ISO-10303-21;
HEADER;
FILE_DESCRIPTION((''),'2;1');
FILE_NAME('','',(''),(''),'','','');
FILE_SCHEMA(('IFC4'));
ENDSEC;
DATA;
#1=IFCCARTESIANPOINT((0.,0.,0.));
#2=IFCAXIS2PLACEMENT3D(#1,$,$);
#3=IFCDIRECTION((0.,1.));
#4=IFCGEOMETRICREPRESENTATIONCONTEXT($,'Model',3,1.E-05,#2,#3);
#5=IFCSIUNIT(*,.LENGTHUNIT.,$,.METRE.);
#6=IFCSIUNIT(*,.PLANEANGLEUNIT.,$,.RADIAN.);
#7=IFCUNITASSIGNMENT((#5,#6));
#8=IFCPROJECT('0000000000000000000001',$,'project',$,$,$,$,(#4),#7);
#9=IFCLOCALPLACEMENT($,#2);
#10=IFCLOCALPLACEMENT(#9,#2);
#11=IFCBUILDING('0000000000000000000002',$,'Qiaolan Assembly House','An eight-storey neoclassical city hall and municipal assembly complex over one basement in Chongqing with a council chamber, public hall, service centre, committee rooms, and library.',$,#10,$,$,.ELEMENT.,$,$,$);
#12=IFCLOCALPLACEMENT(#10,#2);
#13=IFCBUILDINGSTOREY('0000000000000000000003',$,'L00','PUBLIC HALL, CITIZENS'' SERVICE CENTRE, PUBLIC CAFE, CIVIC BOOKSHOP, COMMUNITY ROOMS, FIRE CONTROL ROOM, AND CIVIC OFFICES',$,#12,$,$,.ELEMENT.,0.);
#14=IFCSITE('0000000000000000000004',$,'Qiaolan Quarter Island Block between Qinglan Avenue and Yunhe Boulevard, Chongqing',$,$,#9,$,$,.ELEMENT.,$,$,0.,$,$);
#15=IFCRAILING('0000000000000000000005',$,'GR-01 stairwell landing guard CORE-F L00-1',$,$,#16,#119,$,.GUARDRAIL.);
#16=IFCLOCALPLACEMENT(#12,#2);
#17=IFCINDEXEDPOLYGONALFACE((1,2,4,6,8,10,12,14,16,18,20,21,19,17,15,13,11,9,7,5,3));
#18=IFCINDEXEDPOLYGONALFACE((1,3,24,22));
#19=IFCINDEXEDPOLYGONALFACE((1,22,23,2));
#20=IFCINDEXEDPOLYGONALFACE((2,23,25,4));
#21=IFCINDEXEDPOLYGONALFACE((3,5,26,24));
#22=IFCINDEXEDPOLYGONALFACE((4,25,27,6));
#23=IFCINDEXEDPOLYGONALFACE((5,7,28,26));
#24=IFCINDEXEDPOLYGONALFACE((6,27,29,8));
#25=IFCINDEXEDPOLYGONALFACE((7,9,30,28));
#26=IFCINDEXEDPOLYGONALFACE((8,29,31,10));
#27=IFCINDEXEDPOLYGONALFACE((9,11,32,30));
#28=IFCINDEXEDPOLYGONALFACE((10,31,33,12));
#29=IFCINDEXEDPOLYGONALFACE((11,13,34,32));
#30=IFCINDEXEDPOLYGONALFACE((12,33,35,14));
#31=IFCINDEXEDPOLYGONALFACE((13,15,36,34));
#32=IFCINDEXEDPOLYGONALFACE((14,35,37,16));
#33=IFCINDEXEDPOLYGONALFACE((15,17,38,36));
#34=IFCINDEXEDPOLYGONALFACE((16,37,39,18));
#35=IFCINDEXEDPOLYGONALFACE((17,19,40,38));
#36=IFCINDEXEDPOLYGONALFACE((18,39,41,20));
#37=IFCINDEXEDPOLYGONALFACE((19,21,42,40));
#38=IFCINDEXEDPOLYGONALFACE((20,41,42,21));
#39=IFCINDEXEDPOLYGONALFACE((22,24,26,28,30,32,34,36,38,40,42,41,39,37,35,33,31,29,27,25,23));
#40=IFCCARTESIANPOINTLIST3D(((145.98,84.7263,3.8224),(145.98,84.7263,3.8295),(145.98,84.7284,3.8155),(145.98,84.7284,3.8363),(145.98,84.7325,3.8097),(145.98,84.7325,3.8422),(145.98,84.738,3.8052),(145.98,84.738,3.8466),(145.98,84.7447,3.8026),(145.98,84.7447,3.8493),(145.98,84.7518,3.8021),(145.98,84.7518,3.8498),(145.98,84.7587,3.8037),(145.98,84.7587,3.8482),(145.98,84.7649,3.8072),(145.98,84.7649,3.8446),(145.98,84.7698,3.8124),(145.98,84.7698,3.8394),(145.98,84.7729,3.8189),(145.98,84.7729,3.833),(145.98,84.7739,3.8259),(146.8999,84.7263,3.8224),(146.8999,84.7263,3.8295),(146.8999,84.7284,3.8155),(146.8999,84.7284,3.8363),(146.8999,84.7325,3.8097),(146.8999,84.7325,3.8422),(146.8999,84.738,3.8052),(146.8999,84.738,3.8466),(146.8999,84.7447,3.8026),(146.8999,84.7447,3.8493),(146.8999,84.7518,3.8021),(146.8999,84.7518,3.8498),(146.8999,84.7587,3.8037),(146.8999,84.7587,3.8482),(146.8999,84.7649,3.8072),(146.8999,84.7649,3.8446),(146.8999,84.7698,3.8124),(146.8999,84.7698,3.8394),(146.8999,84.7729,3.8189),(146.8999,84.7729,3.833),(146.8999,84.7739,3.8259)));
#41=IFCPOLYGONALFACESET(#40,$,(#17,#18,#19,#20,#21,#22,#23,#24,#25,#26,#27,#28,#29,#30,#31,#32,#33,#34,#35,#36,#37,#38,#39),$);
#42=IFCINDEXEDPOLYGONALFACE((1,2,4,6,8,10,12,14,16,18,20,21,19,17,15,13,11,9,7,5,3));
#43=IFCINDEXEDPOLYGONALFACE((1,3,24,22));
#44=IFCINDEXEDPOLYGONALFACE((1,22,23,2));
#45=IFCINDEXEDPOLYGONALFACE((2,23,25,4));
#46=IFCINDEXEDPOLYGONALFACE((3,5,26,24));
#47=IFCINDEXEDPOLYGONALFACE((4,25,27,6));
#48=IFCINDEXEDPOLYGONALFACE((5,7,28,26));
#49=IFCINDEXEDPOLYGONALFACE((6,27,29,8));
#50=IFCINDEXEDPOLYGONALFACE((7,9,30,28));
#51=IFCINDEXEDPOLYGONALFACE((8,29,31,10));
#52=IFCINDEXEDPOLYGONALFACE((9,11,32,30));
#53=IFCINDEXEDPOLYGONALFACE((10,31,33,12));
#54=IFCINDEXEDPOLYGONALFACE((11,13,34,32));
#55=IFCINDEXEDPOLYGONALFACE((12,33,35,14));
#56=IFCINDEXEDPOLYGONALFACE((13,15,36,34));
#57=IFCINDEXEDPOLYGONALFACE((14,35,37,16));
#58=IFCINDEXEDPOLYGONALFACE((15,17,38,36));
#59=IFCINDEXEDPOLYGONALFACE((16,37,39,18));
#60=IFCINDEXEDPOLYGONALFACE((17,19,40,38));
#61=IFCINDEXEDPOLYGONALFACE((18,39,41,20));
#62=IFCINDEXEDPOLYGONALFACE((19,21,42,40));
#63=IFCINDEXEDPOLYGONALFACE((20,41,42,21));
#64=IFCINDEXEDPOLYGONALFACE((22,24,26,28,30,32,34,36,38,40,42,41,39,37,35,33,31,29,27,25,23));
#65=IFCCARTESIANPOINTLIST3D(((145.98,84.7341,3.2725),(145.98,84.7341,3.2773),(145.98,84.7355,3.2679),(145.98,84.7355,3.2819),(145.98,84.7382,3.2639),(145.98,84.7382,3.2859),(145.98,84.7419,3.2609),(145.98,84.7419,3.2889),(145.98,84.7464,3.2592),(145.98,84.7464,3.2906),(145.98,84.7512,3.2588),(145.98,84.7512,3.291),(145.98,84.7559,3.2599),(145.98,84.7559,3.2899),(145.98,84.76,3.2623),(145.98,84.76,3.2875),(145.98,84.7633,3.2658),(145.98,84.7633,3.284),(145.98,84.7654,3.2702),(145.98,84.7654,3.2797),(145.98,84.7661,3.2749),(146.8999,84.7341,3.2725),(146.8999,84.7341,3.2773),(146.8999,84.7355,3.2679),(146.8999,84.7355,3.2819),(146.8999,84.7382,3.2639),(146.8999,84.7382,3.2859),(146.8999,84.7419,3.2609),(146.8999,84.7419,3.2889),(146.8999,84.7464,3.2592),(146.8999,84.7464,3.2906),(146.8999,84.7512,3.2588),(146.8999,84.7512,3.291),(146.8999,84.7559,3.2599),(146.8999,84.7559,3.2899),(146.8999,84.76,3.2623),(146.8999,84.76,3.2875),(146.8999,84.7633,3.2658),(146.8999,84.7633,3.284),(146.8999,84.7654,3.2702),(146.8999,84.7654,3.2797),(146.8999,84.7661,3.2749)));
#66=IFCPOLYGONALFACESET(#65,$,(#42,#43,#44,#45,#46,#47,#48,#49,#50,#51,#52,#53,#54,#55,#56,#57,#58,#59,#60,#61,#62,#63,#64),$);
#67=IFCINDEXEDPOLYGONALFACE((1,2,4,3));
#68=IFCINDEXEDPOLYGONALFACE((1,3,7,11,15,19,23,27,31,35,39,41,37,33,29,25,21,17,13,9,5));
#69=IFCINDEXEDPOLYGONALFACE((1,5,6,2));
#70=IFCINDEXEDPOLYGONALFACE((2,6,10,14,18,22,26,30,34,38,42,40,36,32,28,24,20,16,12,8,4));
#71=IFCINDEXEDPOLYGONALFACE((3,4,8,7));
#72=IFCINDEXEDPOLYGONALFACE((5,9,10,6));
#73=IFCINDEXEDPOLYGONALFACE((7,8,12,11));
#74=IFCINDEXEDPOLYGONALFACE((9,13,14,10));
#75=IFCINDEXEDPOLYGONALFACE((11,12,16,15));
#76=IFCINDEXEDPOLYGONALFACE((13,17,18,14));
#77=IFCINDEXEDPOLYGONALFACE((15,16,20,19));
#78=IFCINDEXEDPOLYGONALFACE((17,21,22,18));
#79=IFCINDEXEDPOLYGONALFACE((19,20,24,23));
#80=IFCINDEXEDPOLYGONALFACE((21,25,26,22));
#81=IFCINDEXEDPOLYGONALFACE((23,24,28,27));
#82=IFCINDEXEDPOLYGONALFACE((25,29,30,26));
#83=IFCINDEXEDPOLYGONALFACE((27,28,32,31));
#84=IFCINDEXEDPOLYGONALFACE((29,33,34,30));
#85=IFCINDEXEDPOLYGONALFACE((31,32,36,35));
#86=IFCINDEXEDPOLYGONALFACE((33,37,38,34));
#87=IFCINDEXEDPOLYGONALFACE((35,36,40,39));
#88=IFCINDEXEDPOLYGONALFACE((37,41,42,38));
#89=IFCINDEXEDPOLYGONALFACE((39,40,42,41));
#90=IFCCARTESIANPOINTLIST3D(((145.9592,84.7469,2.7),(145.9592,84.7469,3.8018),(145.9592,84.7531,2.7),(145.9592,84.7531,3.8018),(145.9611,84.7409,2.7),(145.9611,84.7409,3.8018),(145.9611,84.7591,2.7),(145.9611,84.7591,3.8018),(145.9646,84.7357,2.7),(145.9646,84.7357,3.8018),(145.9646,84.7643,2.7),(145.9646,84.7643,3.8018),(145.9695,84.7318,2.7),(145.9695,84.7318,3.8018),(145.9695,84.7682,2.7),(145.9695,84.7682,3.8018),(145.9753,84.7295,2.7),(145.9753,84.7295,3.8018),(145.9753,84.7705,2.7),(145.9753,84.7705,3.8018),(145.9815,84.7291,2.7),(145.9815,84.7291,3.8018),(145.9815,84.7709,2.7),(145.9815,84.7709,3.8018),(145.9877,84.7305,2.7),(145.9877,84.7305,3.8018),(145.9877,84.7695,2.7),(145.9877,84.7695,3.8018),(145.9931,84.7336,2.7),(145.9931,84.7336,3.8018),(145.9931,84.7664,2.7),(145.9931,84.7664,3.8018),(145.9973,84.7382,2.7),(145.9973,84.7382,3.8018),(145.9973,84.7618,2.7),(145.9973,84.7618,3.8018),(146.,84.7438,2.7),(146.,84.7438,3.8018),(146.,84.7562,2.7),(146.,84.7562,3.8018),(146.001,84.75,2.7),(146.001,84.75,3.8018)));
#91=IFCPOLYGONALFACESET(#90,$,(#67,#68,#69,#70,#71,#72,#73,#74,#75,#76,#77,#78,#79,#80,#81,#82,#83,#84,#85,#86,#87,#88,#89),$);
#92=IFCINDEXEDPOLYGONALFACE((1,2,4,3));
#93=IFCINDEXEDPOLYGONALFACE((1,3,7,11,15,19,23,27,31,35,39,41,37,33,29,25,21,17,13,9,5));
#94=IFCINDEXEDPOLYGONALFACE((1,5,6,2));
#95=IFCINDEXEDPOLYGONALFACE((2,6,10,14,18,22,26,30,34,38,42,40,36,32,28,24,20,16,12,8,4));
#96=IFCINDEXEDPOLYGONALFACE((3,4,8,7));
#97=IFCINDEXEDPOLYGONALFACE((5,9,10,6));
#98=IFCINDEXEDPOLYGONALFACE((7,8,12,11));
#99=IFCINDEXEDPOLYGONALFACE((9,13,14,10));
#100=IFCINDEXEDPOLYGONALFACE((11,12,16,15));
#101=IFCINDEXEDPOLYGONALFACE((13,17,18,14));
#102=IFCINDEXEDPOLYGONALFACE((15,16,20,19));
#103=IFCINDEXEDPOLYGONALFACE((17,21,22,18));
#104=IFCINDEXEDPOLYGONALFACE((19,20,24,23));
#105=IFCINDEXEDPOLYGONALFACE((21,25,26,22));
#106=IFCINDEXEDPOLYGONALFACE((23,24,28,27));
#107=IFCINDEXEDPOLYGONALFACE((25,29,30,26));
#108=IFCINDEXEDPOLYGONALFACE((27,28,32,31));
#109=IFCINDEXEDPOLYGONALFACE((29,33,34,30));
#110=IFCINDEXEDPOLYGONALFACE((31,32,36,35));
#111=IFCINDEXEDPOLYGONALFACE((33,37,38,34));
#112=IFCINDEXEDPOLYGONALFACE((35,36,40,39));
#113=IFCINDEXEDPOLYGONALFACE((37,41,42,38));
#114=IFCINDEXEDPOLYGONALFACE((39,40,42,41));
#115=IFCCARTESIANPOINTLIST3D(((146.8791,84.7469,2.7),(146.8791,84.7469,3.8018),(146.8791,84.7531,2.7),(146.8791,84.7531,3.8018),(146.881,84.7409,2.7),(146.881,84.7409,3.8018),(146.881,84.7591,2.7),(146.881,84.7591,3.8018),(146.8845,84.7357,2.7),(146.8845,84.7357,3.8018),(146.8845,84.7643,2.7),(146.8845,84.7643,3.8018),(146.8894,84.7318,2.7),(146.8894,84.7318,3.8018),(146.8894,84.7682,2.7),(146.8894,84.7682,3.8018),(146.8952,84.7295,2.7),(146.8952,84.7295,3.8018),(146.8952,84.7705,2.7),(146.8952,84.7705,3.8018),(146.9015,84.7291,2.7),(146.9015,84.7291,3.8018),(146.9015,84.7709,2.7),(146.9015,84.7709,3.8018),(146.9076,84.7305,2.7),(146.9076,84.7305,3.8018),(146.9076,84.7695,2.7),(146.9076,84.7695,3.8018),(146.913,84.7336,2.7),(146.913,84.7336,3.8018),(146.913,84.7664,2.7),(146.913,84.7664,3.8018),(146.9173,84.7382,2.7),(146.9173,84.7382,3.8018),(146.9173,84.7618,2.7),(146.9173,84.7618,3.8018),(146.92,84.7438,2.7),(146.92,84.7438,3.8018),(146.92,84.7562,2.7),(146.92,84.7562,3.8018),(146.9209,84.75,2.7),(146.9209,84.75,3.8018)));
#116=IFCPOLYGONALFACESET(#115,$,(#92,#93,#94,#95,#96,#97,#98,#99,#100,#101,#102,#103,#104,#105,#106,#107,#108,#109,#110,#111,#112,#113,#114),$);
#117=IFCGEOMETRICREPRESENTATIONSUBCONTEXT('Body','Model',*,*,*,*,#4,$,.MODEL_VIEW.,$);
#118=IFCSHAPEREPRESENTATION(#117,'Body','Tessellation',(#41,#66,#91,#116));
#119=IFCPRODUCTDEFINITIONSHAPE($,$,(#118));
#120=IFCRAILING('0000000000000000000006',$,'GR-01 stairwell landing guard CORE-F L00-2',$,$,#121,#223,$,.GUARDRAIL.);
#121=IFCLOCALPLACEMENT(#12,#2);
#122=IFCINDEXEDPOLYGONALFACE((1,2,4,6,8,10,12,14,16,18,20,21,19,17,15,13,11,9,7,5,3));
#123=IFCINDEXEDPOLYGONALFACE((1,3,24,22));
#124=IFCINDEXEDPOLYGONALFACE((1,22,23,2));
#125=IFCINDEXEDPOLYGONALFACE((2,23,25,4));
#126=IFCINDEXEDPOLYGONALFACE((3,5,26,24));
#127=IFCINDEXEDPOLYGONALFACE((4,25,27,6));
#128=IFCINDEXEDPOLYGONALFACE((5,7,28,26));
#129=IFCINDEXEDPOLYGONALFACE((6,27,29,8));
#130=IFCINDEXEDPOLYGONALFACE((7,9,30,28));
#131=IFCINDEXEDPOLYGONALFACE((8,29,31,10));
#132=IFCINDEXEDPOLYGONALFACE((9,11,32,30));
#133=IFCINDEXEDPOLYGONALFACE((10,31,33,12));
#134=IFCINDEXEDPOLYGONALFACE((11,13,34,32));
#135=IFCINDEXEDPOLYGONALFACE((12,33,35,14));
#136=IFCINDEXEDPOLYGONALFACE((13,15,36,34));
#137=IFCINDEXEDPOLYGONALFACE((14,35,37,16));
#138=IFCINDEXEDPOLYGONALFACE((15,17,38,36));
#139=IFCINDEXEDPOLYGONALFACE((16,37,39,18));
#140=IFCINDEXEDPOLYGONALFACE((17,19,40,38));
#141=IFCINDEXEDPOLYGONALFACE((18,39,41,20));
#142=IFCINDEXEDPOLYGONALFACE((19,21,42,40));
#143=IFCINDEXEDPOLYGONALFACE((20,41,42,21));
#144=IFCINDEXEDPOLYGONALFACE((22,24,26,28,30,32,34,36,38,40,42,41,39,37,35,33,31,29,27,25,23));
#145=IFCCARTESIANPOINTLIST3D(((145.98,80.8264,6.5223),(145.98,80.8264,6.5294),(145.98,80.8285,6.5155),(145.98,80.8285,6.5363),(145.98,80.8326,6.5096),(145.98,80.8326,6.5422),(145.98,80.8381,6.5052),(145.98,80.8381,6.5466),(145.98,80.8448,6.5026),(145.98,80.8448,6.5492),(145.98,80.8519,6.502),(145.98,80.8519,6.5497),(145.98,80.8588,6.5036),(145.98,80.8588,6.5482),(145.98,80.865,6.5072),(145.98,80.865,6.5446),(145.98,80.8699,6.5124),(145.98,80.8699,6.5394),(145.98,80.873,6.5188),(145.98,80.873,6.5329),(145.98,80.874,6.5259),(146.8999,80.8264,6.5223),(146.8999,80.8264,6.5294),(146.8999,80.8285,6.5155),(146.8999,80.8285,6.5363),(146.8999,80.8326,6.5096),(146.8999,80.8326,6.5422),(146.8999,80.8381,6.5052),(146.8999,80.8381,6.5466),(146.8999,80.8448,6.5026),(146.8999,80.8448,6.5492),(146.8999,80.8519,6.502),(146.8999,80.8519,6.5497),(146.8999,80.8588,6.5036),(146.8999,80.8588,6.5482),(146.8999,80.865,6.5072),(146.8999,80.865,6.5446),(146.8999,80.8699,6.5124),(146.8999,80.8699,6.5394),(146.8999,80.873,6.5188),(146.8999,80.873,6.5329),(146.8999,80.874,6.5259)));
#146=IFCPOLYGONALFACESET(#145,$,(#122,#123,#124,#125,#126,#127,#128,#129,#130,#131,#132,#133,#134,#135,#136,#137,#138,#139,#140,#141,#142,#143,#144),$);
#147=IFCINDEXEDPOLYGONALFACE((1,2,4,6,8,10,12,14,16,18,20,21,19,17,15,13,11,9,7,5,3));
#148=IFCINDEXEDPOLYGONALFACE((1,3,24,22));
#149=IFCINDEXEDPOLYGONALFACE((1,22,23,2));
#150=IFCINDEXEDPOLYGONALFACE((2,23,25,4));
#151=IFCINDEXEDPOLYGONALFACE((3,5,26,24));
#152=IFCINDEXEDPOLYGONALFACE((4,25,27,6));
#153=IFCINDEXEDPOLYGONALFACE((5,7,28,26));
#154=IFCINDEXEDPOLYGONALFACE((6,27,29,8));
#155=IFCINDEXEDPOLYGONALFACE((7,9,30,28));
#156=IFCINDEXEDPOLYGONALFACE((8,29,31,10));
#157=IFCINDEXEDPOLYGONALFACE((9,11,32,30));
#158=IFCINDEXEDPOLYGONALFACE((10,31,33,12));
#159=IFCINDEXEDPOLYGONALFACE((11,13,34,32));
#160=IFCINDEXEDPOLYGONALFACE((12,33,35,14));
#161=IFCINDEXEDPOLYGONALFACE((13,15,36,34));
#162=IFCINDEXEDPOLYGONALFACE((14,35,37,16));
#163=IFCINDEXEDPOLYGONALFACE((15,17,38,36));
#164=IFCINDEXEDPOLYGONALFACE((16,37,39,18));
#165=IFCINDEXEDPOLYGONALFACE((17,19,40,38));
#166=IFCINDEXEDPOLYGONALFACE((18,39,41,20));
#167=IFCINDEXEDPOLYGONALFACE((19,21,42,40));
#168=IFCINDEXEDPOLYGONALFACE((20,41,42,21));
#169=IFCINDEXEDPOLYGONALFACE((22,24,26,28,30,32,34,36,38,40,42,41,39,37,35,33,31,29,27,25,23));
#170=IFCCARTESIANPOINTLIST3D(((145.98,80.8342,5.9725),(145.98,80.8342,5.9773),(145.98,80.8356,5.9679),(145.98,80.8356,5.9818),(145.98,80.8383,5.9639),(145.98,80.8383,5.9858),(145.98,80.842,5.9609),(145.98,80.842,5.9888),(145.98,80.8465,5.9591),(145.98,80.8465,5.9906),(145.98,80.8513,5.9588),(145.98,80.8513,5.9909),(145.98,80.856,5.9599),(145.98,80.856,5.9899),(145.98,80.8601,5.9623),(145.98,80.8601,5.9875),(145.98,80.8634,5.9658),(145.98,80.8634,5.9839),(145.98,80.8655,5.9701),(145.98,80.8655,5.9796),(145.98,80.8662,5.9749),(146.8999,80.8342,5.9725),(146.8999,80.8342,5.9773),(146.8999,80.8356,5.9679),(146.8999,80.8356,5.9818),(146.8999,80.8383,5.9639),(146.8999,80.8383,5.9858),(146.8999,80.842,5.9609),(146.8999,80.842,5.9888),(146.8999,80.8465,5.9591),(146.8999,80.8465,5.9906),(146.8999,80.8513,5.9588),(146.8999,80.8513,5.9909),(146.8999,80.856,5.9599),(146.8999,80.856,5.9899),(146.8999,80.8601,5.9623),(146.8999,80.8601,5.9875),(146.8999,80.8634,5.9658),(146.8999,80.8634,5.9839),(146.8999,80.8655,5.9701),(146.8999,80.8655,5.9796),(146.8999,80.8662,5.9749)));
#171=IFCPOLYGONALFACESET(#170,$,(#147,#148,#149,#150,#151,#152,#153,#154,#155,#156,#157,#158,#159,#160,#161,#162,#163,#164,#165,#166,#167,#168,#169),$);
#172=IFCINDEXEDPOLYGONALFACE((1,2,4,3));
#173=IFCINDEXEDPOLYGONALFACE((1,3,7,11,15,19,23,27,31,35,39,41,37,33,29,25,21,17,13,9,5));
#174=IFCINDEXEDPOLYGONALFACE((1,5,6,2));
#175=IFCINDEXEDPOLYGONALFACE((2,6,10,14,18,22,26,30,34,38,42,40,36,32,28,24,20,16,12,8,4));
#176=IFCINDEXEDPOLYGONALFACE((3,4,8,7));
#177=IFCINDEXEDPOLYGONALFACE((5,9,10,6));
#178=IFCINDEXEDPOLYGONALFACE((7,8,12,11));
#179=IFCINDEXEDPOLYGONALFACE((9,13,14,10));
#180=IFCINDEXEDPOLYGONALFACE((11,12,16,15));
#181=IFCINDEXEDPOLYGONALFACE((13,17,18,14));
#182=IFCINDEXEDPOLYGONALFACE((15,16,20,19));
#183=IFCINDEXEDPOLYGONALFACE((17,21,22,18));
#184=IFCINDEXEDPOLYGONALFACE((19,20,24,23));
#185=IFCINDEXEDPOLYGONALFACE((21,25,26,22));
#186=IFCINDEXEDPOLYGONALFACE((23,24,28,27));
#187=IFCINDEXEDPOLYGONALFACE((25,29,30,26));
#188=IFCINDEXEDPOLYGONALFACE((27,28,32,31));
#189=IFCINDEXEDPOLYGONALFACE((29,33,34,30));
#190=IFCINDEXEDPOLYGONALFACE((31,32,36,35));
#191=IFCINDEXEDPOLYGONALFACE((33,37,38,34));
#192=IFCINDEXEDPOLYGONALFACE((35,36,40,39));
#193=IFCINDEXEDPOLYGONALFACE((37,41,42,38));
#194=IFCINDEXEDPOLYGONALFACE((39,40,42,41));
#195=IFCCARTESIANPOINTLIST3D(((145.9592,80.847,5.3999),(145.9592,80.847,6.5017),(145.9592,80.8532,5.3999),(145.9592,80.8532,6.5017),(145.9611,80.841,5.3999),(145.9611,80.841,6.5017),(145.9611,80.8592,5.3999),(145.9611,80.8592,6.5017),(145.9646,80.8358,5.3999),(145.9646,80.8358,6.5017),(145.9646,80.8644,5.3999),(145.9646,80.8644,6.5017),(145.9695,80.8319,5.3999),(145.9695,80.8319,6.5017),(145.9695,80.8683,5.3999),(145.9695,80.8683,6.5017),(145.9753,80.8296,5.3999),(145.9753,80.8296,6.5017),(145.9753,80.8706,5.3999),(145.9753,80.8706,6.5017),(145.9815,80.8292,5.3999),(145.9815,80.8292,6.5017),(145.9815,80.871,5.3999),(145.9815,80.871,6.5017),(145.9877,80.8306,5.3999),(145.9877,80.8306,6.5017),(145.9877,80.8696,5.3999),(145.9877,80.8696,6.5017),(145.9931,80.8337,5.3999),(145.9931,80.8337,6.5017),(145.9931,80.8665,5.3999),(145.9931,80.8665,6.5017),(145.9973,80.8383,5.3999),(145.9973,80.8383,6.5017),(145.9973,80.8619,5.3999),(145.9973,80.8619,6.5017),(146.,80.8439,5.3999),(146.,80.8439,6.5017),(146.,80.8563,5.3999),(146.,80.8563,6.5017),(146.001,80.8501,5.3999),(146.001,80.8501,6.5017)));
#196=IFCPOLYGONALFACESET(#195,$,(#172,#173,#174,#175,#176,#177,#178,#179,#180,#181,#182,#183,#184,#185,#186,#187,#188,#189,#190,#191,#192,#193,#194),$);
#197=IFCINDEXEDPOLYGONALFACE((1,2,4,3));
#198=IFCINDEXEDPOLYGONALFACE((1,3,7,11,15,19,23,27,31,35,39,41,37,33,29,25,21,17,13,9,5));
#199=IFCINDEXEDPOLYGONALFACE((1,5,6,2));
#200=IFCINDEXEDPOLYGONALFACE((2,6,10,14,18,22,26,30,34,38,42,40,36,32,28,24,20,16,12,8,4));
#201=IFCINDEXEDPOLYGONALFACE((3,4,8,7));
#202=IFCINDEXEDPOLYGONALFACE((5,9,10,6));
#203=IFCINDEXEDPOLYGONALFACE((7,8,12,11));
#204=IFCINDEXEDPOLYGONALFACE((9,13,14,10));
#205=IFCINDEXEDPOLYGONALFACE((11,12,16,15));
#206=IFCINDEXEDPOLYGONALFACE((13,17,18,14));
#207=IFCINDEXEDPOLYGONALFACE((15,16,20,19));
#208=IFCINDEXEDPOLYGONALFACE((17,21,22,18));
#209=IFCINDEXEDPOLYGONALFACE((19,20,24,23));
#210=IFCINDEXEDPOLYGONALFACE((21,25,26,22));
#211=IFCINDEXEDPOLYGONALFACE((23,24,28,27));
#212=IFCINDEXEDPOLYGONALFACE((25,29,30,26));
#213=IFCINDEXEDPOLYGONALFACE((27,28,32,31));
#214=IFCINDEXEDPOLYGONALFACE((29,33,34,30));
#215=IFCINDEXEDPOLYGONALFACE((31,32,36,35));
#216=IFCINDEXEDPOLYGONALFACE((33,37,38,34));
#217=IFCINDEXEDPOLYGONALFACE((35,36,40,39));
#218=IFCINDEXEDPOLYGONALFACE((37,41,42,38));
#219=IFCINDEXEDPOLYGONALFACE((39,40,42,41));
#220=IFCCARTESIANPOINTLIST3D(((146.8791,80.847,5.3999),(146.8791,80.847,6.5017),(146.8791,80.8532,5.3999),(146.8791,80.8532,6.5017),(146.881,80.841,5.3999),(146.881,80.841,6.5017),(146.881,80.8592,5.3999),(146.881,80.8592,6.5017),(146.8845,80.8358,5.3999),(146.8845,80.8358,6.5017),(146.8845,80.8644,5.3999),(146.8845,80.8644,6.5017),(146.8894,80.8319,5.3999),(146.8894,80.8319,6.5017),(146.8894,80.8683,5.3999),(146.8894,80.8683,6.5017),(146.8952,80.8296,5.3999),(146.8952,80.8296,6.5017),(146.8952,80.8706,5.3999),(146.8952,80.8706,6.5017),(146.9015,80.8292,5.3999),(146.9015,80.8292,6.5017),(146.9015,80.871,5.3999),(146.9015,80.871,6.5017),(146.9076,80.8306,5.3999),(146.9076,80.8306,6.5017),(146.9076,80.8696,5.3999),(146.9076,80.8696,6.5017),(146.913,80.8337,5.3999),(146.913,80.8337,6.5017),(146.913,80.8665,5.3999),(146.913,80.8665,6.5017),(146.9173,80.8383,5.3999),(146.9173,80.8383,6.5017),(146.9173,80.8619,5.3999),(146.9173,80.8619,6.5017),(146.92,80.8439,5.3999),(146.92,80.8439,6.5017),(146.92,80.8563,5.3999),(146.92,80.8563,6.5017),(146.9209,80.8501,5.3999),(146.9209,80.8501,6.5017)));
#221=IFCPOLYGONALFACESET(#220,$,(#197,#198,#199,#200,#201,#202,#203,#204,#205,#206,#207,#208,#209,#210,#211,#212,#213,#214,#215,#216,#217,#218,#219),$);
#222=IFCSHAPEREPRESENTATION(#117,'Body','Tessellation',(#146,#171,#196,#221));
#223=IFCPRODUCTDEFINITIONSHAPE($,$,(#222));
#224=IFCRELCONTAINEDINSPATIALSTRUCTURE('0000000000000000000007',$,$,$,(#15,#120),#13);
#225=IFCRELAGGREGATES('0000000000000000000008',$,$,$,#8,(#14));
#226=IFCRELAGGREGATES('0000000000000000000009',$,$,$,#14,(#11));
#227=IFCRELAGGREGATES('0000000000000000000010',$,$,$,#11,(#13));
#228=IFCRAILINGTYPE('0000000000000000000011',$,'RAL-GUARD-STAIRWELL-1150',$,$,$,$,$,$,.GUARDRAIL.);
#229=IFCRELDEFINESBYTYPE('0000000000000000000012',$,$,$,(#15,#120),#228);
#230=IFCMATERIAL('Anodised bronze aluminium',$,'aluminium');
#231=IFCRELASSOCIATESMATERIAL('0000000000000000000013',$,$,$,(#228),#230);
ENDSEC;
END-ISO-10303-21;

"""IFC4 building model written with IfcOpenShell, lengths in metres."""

from ifc_helpers import new_model, si_unit, direction, frame, origin, origin_2d, place, context, subcontext, project, spatial, circle, extrude, material, type_object, element, save


model = new_model("IFC4")

# Units and contexts
model_context = context("Model", 3, precision=1e-05, world=origin(), true_north=direction((0.0, 1.0)))
body_context = subcontext(model_context, "Body", "Model", "MODEL_VIEW")
ifc_project = project(units=[si_unit("LENGTHUNIT", "METRE"), si_unit("PLANEANGLEUNIT", "RADIAN")], contexts=[model_context])

# Site, building, storey
site_placement = place(None, origin())
site = spatial("IfcSite", under=ifc_project, at=site_placement, Name="Qiaolan Quarter Island Block between Qinglan Avenue and Yunhe Boulevard, Chongqing", CompositionType="ELEMENT", RefElevation=0.0)
building_placement = place(site_placement, origin())
building = spatial("IfcBuilding", under=site, at=building_placement, Name="Qiaolan Assembly House", Description="An eight-storey neoclassical city hall and municipal assembly complex over one basement in Chongqing with a council chamber, public hall, service centre, committee rooms, and library.", CompositionType="ELEMENT")
storey_placement = place(building_placement, origin())
storey = spatial("IfcBuildingStorey", under=building, at=storey_placement, Name="L00", Description="PUBLIC HALL, CITIZENS' SERVICE CENTRE, PUBLIC CAFE, CIVIC BOOKSHOP, COMMUNITY ROOMS, FIRE CONTROL ROOM, AND CIVIC OFFICES", CompositionType="ELEMENT", Elevation=0.0)

# Shared definitions
ifc_material_1 = material(Name="Anodised bronze aluminium", Category="aluminium")

# Railings
railing_type_1 = type_object("IfcRailingType", Name="RAL-GUARD-STAIRWELL-1150", PredefinedType="GUARDRAIL", material=ifc_material_1)
for number, where, name in (
    (1, (145.98, 84.75, 2.7), "GR-01 stairwell landing guard CORE-F L00-1"),
    (2, (145.98, 80.8501, 5.3999), "GR-01 stairwell landing guard CORE-F L00-2"),
):
    element("IfcRailing", number, at=place(storey_placement, frame(where)), inside=storey, type_object=railing_type_1, Name=name, PredefinedType="GUARDRAIL", context=body_context, shape_type="SweptSolid", body=[
        extrude(circle(Radius=0.0239, at=origin_2d()), frame((0.0, 0.0, 1.126), z_axis=(1.0, 0.0, 0.0), x_axis=(0.0, 1.0, 0.0)), (0.0, 0.0, 1.0), 0.9199),
        extrude(circle(Radius=0.0161, at=origin_2d()), frame((0.0, 0.0, 0.575), z_axis=(1.0, 0.0, 0.0), x_axis=(0.0, 1.0, 0.0)), (0.0, 0.0, 1.0), 0.9199),
        extrude(circle(Radius=0.021, at=origin_2d()), origin(), (0.0, 0.0, 1.0), 1.1018),
        extrude(circle(Radius=0.021, at=origin_2d()), frame((0.9199, 0.0, 0.0)), (0.0, 0.0, 1.0), 1.1018),
    ])

save(model, "model.ifc")
